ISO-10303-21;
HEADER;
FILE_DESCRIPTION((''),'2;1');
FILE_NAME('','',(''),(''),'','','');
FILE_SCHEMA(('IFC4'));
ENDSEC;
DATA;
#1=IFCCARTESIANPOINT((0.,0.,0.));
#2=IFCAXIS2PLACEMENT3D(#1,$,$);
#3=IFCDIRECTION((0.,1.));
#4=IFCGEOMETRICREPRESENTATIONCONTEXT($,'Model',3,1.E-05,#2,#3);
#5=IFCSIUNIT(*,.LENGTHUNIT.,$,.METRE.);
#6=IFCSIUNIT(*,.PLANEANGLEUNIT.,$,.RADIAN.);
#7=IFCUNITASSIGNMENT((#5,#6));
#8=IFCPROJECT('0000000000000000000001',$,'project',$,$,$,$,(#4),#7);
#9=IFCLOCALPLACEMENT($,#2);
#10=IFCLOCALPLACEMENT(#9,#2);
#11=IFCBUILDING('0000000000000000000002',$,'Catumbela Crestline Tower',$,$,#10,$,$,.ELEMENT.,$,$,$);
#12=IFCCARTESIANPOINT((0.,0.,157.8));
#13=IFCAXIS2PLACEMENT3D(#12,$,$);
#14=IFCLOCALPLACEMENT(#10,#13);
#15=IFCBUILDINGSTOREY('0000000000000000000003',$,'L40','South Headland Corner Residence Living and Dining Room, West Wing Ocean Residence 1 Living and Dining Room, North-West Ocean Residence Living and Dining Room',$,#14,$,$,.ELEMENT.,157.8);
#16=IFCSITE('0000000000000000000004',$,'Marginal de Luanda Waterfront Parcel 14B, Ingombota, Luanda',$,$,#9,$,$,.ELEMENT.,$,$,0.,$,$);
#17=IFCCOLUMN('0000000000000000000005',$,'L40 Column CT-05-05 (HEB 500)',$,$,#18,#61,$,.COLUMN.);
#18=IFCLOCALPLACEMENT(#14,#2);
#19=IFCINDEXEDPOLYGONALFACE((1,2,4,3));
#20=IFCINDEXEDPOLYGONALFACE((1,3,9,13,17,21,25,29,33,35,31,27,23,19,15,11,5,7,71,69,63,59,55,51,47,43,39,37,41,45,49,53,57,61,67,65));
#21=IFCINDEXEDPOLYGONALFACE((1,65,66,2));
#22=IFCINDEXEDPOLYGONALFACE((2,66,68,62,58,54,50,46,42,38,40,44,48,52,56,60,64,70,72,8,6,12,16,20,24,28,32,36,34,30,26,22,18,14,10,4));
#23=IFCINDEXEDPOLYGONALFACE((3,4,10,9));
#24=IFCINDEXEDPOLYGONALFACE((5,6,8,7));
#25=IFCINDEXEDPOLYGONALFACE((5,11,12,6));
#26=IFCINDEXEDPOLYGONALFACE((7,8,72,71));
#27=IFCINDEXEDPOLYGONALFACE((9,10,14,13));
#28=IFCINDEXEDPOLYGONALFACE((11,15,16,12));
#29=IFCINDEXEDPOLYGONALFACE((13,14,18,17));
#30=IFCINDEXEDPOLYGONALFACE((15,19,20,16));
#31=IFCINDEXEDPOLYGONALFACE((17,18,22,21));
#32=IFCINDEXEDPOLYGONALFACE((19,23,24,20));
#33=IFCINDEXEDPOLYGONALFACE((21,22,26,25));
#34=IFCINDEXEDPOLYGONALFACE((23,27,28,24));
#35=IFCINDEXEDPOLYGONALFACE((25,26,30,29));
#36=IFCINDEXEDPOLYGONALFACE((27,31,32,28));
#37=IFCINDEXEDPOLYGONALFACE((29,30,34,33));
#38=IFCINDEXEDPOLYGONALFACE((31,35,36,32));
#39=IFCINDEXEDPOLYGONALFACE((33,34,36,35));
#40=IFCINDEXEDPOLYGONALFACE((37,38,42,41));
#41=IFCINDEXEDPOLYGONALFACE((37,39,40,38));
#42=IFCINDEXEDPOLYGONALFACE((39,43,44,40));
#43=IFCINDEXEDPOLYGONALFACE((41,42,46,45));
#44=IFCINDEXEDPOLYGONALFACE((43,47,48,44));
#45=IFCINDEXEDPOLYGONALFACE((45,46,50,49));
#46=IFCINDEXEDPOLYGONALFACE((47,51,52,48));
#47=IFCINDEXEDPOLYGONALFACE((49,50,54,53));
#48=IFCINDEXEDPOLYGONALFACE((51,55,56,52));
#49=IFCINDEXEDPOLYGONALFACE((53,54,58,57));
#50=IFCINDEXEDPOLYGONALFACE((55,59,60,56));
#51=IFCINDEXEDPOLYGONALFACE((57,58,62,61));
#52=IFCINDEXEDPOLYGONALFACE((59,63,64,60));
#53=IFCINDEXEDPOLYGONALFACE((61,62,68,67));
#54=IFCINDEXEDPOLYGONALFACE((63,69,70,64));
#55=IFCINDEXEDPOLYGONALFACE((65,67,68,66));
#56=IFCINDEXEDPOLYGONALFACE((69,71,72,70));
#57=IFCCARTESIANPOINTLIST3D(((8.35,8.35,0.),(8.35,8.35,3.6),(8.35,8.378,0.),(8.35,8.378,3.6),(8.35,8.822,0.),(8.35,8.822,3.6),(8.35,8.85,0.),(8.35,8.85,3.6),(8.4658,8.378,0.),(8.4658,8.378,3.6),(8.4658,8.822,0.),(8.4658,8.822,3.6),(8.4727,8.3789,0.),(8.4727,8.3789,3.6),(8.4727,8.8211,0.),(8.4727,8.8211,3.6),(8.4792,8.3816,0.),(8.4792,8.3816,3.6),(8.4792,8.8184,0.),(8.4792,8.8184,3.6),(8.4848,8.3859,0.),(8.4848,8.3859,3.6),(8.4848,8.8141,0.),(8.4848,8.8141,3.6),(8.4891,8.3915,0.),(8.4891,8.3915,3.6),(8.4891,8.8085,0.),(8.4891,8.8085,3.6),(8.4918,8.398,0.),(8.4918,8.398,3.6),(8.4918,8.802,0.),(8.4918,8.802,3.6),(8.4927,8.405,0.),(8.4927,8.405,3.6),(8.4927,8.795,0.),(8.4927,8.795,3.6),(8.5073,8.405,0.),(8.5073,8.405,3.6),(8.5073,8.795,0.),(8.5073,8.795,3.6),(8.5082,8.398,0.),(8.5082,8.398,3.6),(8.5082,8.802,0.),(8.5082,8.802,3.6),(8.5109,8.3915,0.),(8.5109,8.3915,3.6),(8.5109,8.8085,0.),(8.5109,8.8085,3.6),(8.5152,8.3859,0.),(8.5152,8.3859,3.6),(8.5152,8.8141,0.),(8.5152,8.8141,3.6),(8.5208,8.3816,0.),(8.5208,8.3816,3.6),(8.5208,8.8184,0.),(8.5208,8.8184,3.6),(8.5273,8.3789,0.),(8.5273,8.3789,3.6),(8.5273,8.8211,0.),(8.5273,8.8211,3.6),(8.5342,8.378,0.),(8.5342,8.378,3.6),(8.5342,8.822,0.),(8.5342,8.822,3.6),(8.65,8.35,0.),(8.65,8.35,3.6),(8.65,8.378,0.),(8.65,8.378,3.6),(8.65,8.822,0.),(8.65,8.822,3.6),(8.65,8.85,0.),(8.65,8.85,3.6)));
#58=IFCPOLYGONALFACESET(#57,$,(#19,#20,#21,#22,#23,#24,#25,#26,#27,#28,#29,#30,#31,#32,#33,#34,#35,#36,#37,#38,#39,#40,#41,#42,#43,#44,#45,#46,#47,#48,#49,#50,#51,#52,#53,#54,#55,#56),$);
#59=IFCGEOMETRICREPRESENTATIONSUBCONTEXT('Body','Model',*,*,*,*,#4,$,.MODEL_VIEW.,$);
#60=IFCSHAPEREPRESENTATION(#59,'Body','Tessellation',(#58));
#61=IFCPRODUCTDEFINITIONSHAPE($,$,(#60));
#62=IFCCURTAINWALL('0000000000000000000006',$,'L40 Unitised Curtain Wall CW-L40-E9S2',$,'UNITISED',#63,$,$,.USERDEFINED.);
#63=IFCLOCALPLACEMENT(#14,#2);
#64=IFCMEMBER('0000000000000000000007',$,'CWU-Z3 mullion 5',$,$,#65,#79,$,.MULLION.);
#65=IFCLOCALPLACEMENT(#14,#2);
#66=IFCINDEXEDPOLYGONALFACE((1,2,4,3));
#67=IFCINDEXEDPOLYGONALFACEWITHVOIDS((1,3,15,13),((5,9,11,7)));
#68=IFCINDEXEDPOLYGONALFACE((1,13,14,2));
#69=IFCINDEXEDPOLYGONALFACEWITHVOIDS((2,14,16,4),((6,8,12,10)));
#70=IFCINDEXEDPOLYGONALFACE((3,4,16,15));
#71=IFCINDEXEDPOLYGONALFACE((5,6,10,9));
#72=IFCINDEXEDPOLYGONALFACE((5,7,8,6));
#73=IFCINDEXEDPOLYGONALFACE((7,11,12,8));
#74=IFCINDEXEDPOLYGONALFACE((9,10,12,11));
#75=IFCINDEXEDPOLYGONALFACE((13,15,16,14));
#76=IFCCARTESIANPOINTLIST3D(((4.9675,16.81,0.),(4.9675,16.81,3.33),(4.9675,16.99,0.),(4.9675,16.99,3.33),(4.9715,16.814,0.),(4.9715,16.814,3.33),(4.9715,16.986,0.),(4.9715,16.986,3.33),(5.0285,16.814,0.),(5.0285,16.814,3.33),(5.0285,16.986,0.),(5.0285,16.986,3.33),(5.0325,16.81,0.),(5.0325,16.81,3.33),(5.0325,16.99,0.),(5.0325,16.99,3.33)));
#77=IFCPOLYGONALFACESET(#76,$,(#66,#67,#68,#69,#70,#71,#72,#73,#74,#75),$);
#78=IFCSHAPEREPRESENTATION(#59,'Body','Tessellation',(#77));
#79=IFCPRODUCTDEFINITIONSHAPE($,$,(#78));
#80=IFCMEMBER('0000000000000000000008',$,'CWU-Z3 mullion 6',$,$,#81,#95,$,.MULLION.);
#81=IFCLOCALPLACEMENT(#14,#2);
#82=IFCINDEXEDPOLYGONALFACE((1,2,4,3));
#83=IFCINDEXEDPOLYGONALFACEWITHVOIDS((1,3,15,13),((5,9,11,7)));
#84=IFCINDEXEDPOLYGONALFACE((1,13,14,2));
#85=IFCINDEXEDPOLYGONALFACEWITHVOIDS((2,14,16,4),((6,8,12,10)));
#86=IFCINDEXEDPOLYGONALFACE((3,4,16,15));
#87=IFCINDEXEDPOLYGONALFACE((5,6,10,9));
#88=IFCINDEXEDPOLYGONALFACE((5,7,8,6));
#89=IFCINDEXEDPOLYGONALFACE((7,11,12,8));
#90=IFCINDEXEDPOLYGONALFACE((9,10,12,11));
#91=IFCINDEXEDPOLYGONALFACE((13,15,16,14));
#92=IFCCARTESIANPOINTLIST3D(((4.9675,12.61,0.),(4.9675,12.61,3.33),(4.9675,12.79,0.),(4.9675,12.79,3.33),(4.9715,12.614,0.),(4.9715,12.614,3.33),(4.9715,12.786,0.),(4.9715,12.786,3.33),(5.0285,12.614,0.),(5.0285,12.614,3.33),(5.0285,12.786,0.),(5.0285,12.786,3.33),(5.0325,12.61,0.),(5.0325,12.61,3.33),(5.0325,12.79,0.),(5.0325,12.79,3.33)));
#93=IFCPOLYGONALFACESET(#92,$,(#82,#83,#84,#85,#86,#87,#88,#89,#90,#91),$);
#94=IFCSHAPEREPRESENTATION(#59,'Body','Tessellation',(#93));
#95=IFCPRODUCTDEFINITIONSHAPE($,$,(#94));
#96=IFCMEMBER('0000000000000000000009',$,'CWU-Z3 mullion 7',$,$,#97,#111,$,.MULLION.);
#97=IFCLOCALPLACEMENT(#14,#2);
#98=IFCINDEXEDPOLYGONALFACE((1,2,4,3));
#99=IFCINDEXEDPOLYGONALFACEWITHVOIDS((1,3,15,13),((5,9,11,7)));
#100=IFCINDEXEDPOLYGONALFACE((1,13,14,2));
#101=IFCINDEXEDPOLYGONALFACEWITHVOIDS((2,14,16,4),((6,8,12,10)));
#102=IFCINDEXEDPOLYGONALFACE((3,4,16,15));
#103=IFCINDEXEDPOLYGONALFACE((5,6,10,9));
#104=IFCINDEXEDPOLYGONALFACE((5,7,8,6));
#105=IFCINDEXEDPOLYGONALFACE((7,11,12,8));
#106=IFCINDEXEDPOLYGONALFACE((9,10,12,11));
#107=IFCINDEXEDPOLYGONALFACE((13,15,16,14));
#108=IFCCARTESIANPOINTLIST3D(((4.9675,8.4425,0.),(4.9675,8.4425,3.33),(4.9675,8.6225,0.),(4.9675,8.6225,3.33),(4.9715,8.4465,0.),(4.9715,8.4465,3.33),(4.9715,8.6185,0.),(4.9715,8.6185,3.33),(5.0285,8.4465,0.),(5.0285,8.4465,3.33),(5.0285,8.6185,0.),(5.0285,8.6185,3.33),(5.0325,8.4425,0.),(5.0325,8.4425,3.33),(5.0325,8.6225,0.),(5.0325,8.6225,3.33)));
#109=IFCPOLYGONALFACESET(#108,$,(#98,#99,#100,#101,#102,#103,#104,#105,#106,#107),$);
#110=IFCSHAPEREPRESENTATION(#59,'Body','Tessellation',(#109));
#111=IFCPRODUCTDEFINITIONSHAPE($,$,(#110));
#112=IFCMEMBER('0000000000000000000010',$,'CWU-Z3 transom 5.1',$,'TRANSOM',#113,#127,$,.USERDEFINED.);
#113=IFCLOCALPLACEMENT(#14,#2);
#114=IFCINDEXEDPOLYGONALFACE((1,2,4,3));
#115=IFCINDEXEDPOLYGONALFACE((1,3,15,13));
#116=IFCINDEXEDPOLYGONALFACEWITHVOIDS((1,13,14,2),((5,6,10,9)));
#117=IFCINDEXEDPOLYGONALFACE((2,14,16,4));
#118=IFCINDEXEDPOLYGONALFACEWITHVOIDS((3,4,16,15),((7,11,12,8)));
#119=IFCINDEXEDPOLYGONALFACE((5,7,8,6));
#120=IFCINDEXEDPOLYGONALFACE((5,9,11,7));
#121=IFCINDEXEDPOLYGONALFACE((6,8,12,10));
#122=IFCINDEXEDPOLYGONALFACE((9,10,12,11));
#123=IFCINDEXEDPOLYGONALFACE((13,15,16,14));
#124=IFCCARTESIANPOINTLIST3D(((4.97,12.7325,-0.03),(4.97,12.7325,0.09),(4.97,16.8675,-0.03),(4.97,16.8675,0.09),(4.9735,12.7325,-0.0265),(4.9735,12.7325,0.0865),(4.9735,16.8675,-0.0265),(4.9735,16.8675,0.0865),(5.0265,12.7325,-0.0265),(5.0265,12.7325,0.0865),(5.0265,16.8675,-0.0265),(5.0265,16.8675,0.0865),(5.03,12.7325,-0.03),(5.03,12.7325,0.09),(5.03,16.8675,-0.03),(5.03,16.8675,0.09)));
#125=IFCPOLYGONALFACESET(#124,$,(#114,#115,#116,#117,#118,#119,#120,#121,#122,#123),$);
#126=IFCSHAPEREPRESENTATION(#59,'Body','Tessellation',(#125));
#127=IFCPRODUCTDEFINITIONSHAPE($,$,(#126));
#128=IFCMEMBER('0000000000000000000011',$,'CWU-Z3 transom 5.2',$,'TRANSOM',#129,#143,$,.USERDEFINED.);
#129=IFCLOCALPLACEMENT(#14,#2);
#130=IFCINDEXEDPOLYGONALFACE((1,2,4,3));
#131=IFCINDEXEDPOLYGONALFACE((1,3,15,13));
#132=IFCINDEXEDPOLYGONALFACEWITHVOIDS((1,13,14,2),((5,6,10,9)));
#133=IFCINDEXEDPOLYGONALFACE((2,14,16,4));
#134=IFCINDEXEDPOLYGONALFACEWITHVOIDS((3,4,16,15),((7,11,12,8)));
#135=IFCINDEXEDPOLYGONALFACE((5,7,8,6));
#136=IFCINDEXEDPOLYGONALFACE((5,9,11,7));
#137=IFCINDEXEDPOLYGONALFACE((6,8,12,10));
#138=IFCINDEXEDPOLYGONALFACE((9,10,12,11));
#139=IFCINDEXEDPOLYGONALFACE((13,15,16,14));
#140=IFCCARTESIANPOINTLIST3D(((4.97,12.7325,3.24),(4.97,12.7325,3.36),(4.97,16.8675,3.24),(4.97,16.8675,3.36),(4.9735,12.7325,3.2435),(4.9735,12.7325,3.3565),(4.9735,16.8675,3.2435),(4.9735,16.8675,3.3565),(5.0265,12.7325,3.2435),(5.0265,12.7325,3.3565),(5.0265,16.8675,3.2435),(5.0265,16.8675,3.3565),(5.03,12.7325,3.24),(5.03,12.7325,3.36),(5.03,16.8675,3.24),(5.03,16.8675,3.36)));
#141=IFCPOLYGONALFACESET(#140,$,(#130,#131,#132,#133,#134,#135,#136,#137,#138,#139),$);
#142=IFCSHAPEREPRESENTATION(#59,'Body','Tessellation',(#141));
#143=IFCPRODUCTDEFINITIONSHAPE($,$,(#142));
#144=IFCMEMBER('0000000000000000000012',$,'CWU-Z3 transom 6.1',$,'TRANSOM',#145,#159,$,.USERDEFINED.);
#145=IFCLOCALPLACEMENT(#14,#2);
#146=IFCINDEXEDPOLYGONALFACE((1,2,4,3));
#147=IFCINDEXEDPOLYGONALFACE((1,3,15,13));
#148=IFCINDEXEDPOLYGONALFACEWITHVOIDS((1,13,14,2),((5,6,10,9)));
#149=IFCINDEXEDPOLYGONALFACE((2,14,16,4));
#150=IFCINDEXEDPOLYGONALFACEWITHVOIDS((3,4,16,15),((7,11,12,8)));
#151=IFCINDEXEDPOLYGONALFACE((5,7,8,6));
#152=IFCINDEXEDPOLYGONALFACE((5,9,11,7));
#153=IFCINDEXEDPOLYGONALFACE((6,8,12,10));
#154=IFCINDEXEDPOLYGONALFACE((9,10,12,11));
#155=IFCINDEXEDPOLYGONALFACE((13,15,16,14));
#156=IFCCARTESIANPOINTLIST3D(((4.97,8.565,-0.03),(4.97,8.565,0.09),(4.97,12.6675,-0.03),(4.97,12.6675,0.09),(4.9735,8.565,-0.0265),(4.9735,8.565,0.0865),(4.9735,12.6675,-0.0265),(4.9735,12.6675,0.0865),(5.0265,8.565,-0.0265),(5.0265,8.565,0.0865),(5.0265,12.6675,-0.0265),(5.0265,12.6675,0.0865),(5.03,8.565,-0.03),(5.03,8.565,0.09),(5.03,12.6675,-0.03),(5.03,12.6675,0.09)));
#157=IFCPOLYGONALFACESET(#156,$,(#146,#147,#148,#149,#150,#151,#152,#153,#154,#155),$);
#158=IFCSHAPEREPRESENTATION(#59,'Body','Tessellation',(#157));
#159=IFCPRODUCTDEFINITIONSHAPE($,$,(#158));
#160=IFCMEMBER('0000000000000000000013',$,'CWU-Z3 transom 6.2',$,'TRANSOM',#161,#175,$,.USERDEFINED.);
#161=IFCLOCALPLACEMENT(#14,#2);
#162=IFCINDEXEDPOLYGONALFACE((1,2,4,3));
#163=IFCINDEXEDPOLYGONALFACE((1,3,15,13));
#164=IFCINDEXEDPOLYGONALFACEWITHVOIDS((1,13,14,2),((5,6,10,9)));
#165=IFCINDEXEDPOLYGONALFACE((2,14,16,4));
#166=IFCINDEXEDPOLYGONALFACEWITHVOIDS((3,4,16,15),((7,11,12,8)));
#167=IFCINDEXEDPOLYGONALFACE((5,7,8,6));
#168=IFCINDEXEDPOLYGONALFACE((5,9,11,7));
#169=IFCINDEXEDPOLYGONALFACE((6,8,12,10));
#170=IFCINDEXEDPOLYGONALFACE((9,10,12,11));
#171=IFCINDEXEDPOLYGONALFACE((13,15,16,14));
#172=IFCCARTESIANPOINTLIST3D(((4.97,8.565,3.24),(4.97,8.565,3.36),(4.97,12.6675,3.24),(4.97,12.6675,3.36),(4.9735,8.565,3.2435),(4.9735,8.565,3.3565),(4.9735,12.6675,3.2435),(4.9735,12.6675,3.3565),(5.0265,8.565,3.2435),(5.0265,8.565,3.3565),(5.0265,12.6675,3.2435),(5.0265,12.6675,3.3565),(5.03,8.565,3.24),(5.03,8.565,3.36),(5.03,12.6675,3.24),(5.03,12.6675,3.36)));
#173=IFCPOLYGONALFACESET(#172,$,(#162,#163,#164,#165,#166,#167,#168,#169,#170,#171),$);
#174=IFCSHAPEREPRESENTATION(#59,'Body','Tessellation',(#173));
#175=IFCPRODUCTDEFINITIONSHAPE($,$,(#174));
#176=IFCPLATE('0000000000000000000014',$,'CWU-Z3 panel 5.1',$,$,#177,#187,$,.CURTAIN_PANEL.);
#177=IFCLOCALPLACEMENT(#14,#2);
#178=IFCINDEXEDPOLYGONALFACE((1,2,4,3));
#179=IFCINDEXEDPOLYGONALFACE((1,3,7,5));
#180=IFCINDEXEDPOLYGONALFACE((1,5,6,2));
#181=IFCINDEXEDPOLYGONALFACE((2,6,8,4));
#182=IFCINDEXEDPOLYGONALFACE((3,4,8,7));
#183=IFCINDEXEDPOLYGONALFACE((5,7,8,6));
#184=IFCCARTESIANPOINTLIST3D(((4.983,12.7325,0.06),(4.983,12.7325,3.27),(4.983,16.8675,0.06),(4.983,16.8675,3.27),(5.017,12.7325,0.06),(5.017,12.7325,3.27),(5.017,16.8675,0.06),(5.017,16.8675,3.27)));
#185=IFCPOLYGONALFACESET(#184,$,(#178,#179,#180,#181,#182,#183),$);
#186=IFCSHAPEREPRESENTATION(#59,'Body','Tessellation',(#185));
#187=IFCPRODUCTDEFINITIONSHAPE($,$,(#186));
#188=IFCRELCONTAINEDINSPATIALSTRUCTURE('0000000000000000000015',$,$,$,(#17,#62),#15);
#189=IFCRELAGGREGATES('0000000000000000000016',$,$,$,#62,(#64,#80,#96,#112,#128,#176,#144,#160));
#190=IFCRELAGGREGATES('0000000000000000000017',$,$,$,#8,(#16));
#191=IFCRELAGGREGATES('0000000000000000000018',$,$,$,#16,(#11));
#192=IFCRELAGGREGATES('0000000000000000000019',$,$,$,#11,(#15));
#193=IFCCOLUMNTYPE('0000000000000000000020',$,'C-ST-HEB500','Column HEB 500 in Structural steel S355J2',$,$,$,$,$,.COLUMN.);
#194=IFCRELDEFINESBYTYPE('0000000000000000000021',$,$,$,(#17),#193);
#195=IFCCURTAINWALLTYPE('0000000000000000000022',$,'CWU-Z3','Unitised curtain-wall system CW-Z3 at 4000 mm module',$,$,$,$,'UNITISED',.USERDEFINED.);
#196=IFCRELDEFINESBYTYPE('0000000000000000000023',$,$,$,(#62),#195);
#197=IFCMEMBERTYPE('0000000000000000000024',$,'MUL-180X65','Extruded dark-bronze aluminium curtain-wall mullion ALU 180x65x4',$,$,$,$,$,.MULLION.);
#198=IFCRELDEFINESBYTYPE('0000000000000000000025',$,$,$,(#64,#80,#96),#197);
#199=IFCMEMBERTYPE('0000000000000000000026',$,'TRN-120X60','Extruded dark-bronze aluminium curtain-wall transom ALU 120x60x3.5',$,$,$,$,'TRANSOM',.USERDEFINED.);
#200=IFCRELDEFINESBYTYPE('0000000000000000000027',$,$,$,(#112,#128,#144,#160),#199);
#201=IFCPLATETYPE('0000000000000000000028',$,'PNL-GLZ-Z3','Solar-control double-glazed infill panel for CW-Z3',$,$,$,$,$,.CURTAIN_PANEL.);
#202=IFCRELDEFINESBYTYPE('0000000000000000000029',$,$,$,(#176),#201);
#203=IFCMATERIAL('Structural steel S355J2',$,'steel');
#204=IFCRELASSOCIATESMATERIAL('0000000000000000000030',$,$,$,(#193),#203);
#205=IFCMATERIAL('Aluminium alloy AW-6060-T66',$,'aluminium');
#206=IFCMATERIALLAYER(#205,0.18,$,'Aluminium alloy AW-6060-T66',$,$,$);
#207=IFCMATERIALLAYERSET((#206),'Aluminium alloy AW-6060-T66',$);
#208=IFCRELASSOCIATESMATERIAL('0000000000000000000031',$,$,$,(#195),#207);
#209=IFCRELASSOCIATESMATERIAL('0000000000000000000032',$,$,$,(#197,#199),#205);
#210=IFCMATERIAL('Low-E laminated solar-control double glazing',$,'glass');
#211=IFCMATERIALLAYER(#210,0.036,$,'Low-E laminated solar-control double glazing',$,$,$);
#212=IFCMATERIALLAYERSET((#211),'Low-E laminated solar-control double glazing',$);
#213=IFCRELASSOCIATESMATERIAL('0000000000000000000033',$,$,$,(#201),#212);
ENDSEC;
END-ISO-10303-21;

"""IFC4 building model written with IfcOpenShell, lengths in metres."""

from ifc_helpers import new_model, si_unit, direction, frame, origin, origin_2d, place, context, subcontext, project, spatial, rectangle, hollow_rectangle, i_section, extrude, material, layer, layer_set, material_profile, profile_set, type_object, element, aggregate, save


model = new_model("IFC4")

# Units and contexts
model_context = context("Model", 3, precision=1e-05, world=origin(), true_north=direction((0.0, 1.0)))
body_context = subcontext(model_context, "Body", "Model", "MODEL_VIEW")
ifc_project = project(units=[si_unit("LENGTHUNIT", "METRE"), si_unit("PLANEANGLEUNIT", "RADIAN")], contexts=[model_context])

# Site, building, storey
site_placement = place(None, origin())
site = spatial("IfcSite", under=ifc_project, at=site_placement, Name="Marginal de Luanda Waterfront Parcel 14B, Ingombota, Luanda", CompositionType="ELEMENT", RefElevation=0.0)
building_placement = place(site_placement, origin())
building = spatial("IfcBuilding", under=site, at=building_placement, Name="Catumbela Crestline Tower", CompositionType="ELEMENT")
storey_placement = place(building_placement, frame((0.0, 0.0, 157.8)))
storey = spatial("IfcBuildingStorey", under=building, at=storey_placement, Name="L40", Description="South Headland Corner Residence Living and Dining Room, West Wing Ocean Residence 1 Living and Dining Room, North-West Ocean Residence Living and Dining Room", CompositionType="ELEMENT", Elevation=157.8)

# Column
ifc_material_1 = material(Name="Structural steel S355J2", Category="steel")
ifc_material_profile_1 = material_profile(ifc_material_1, i_section(OverallWidth=0.3, OverallDepth=0.5, WebThickness=0.0145, FlangeThickness=0.028, FilletRadius=0.027, at=origin_2d()), Name="HEB 500")
ifc_profile_set_1 = profile_set([ifc_material_profile_1], Name="Structural steel S355J2")
column_type = type_object("IfcColumnType", Name="C-ST-HEB500", Description="Column HEB 500 in Structural steel S355J2", PredefinedType="COLUMN", material=ifc_profile_set_1)
column_placement = place(storey_placement, frame((8.5, 8.6, 0.0), z_axis=(0.0, 0.0, 1.0), x_axis=(1.0, 0.0, 0.0)))
element("IfcColumn", 1, at=column_placement, inside=storey, type_object=column_type, Name="L40 Column CT-05-05 (HEB 500)", PredefinedType="COLUMN", context=body_context, shape_type="SweptSolid", body=[
    extrude(i_section(OverallWidth=0.3, OverallDepth=0.5, WebThickness=0.0145, FlangeThickness=0.028, FilletRadius=0.027, at=origin_2d()), origin(), (0.0, 0.0, 1.0), 3.6),
])

# Curtain wall, members, plate
ifc_material_2 = material(Name="Aluminium alloy AW-6060-T66", Category="aluminium")
ifc_layer_1 = layer(ifc_material_2, 0.18, Name="Aluminium alloy AW-6060-T66")
ifc_layer_set_1 = layer_set([ifc_layer_1], Name="Aluminium alloy AW-6060-T66")
curtain_wall_type = type_object("IfcCurtainWallType", Name="CWU-Z3", Description="Unitised curtain-wall system CW-Z3 at 4000 mm module", ElementType="UNITISED", PredefinedType="USERDEFINED", material=ifc_layer_set_1)
curtain_wall_placement = place(storey_placement, origin())
curtain_wall = element("IfcCurtainWall", 2, at=curtain_wall_placement, inside=storey, type_object=curtain_wall_type, Name="L40 Unitised Curtain Wall CW-L40-E9S2", ObjectType="UNITISED", PredefinedType="USERDEFINED")
ifc_material_profile_2 = material_profile(ifc_material_2, hollow_rectangle(XDim=0.065, YDim=0.18, WallThickness=0.004, at=origin_2d()), Name="ALU 180x65x4")
ifc_profile_set_2 = profile_set([ifc_material_profile_2], Name="Aluminium alloy AW-6060-T66")
member_type_1 = type_object("IfcMemberType", Name="MUL-180X65", Description="Extruded dark-bronze aluminium curtain-wall mullion ALU 180x65x4", PredefinedType="MULLION", material=ifc_profile_set_2)
member_1_placement = place(storey_placement, frame((5.0, 16.9, 0.0), z_axis=(0.0, 0.0, 1.0), x_axis=(1.0, 0.0, 0.0)))
member_1 = element("IfcMember", 3, at=member_1_placement, type_object=member_type_1, Name="CWU-Z3 mullion 5", PredefinedType="MULLION", context=body_context, shape_type="SweptSolid", body=[
    extrude(hollow_rectangle(XDim=0.065, YDim=0.18, WallThickness=0.004, at=origin_2d()), origin(), (0.0, 0.0, 1.0), 3.33),
])
member_2_placement = place(storey_placement, frame((5.0, 12.7, 0.0), z_axis=(0.0, 0.0, 1.0), x_axis=(1.0, 0.0, 0.0)))
member_2 = element("IfcMember", 4, at=member_2_placement, type_object=member_type_1, Name="CWU-Z3 mullion 6", PredefinedType="MULLION", context=body_context, shape_type="SweptSolid", body=[
    extrude(hollow_rectangle(XDim=0.065, YDim=0.18, WallThickness=0.004, at=origin_2d()), origin(), (0.0, 0.0, 1.0), 3.33),
])
member_3_placement = place(storey_placement, frame((5.0, 8.5325, 0.0), z_axis=(0.0, 0.0, 1.0), x_axis=(1.0, 0.0, 0.0)))
member_3 = element("IfcMember", 5, at=member_3_placement, type_object=member_type_1, Name="CWU-Z3 mullion 7", PredefinedType="MULLION", context=body_context, shape_type="SweptSolid", body=[
    extrude(hollow_rectangle(XDim=0.065, YDim=0.18, WallThickness=0.004, at=origin_2d()), origin(), (0.0, 0.0, 1.0), 3.33),
])
ifc_material_profile_3 = material_profile(ifc_material_2, hollow_rectangle(XDim=0.06, YDim=0.12, WallThickness=0.0035, at=origin_2d()), Name="ALU 120x60x3.5")
ifc_profile_set_3 = profile_set([ifc_material_profile_3], Name="Aluminium alloy AW-6060-T66")
member_type_2 = type_object("IfcMemberType", Name="TRN-120X60", Description="Extruded dark-bronze aluminium curtain-wall transom ALU 120x60x3.5", ElementType="TRANSOM", PredefinedType="USERDEFINED", material=ifc_profile_set_3)
member_4_placement = place(storey_placement, frame((5.0, 16.8675, 0.03), z_axis=(0.0, -1.0, 0.0), x_axis=(1.0, 0.0, 0.0)))
member_4 = element("IfcMember", 6, at=member_4_placement, type_object=member_type_2, Name="CWU-Z3 transom 5.1", ObjectType="TRANSOM", PredefinedType="USERDEFINED", context=body_context, shape_type="SweptSolid", body=[
    extrude(hollow_rectangle(XDim=0.06, YDim=0.12, WallThickness=0.0035, at=origin_2d()), origin(), (0.0, 0.0, 1.0), 4.135),
])
member_5_placement = place(storey_placement, frame((5.0, 16.8675, 3.3), z_axis=(0.0, -1.0, 0.0), x_axis=(1.0, 0.0, 0.0)))
member_5 = element("IfcMember", 7, at=member_5_placement, type_object=member_type_2, Name="CWU-Z3 transom 5.2", ObjectType="TRANSOM", PredefinedType="USERDEFINED", context=body_context, shape_type="SweptSolid", body=[
    extrude(hollow_rectangle(XDim=0.06, YDim=0.12, WallThickness=0.0035, at=origin_2d()), origin(), (0.0, 0.0, 1.0), 4.135),
])
member_6_placement = place(storey_placement, frame((5.0, 12.6675, 0.03), z_axis=(0.0, -1.0, 0.0), x_axis=(1.0, 0.0, 0.0)))
member_6 = element("IfcMember", 8, at=member_6_placement, type_object=member_type_2, Name="CWU-Z3 transom 6.1", ObjectType="TRANSOM", PredefinedType="USERDEFINED", context=body_context, shape_type="SweptSolid", body=[
    extrude(hollow_rectangle(XDim=0.06, YDim=0.12, WallThickness=0.0035, at=origin_2d()), origin(), (0.0, 0.0, 1.0), 4.1025),
])
member_7_placement = place(storey_placement, frame((5.0, 12.6675, 3.3), z_axis=(0.0, -1.0, 0.0), x_axis=(1.0, 0.0, 0.0)))
member_7 = element("IfcMember", 9, at=member_7_placement, type_object=member_type_2, Name="CWU-Z3 transom 6.2", ObjectType="TRANSOM", PredefinedType="USERDEFINED", context=body_context, shape_type="SweptSolid", body=[
    extrude(hollow_rectangle(XDim=0.06, YDim=0.12, WallThickness=0.0035, at=origin_2d()), origin(), (0.0, 0.0, 1.0), 4.1025),
])
ifc_material_3 = material(Name="Low-E laminated solar-control double glazing", Category="glass")
ifc_layer_2 = layer(ifc_material_3, 0.036, Name="Low-E laminated solar-control double glazing")
ifc_layer_set_2 = layer_set([ifc_layer_2], Name="Low-E laminated solar-control double glazing")
plate_type = type_object("IfcPlateType", Name="PNL-GLZ-Z3", Description="Solar-control double-glazed infill panel for CW-Z3", PredefinedType="CURTAIN_PANEL", material=ifc_layer_set_2)
plate_1_placement = place(storey_placement, frame((5.0, 14.8, 0.06), z_axis=(0.0, 0.0, 1.0), x_axis=(0.0, -1.0, 0.0)))
plate_1 = element("IfcPlate", 10, at=plate_1_placement, type_object=plate_type, Name="CWU-Z3 panel 5.1", PredefinedType="CURTAIN_PANEL", context=body_context, shape_type="SweptSolid", body=[
    extrude(rectangle(XDim=4.135, YDim=0.034, at=origin_2d()), origin(), (0.0, 0.0, 1.0), 3.21),
])
aggregate(curtain_wall, [member_1, member_2, member_3, member_4, member_5, plate_1, member_6, member_7])

save(model, "model.ifc")
